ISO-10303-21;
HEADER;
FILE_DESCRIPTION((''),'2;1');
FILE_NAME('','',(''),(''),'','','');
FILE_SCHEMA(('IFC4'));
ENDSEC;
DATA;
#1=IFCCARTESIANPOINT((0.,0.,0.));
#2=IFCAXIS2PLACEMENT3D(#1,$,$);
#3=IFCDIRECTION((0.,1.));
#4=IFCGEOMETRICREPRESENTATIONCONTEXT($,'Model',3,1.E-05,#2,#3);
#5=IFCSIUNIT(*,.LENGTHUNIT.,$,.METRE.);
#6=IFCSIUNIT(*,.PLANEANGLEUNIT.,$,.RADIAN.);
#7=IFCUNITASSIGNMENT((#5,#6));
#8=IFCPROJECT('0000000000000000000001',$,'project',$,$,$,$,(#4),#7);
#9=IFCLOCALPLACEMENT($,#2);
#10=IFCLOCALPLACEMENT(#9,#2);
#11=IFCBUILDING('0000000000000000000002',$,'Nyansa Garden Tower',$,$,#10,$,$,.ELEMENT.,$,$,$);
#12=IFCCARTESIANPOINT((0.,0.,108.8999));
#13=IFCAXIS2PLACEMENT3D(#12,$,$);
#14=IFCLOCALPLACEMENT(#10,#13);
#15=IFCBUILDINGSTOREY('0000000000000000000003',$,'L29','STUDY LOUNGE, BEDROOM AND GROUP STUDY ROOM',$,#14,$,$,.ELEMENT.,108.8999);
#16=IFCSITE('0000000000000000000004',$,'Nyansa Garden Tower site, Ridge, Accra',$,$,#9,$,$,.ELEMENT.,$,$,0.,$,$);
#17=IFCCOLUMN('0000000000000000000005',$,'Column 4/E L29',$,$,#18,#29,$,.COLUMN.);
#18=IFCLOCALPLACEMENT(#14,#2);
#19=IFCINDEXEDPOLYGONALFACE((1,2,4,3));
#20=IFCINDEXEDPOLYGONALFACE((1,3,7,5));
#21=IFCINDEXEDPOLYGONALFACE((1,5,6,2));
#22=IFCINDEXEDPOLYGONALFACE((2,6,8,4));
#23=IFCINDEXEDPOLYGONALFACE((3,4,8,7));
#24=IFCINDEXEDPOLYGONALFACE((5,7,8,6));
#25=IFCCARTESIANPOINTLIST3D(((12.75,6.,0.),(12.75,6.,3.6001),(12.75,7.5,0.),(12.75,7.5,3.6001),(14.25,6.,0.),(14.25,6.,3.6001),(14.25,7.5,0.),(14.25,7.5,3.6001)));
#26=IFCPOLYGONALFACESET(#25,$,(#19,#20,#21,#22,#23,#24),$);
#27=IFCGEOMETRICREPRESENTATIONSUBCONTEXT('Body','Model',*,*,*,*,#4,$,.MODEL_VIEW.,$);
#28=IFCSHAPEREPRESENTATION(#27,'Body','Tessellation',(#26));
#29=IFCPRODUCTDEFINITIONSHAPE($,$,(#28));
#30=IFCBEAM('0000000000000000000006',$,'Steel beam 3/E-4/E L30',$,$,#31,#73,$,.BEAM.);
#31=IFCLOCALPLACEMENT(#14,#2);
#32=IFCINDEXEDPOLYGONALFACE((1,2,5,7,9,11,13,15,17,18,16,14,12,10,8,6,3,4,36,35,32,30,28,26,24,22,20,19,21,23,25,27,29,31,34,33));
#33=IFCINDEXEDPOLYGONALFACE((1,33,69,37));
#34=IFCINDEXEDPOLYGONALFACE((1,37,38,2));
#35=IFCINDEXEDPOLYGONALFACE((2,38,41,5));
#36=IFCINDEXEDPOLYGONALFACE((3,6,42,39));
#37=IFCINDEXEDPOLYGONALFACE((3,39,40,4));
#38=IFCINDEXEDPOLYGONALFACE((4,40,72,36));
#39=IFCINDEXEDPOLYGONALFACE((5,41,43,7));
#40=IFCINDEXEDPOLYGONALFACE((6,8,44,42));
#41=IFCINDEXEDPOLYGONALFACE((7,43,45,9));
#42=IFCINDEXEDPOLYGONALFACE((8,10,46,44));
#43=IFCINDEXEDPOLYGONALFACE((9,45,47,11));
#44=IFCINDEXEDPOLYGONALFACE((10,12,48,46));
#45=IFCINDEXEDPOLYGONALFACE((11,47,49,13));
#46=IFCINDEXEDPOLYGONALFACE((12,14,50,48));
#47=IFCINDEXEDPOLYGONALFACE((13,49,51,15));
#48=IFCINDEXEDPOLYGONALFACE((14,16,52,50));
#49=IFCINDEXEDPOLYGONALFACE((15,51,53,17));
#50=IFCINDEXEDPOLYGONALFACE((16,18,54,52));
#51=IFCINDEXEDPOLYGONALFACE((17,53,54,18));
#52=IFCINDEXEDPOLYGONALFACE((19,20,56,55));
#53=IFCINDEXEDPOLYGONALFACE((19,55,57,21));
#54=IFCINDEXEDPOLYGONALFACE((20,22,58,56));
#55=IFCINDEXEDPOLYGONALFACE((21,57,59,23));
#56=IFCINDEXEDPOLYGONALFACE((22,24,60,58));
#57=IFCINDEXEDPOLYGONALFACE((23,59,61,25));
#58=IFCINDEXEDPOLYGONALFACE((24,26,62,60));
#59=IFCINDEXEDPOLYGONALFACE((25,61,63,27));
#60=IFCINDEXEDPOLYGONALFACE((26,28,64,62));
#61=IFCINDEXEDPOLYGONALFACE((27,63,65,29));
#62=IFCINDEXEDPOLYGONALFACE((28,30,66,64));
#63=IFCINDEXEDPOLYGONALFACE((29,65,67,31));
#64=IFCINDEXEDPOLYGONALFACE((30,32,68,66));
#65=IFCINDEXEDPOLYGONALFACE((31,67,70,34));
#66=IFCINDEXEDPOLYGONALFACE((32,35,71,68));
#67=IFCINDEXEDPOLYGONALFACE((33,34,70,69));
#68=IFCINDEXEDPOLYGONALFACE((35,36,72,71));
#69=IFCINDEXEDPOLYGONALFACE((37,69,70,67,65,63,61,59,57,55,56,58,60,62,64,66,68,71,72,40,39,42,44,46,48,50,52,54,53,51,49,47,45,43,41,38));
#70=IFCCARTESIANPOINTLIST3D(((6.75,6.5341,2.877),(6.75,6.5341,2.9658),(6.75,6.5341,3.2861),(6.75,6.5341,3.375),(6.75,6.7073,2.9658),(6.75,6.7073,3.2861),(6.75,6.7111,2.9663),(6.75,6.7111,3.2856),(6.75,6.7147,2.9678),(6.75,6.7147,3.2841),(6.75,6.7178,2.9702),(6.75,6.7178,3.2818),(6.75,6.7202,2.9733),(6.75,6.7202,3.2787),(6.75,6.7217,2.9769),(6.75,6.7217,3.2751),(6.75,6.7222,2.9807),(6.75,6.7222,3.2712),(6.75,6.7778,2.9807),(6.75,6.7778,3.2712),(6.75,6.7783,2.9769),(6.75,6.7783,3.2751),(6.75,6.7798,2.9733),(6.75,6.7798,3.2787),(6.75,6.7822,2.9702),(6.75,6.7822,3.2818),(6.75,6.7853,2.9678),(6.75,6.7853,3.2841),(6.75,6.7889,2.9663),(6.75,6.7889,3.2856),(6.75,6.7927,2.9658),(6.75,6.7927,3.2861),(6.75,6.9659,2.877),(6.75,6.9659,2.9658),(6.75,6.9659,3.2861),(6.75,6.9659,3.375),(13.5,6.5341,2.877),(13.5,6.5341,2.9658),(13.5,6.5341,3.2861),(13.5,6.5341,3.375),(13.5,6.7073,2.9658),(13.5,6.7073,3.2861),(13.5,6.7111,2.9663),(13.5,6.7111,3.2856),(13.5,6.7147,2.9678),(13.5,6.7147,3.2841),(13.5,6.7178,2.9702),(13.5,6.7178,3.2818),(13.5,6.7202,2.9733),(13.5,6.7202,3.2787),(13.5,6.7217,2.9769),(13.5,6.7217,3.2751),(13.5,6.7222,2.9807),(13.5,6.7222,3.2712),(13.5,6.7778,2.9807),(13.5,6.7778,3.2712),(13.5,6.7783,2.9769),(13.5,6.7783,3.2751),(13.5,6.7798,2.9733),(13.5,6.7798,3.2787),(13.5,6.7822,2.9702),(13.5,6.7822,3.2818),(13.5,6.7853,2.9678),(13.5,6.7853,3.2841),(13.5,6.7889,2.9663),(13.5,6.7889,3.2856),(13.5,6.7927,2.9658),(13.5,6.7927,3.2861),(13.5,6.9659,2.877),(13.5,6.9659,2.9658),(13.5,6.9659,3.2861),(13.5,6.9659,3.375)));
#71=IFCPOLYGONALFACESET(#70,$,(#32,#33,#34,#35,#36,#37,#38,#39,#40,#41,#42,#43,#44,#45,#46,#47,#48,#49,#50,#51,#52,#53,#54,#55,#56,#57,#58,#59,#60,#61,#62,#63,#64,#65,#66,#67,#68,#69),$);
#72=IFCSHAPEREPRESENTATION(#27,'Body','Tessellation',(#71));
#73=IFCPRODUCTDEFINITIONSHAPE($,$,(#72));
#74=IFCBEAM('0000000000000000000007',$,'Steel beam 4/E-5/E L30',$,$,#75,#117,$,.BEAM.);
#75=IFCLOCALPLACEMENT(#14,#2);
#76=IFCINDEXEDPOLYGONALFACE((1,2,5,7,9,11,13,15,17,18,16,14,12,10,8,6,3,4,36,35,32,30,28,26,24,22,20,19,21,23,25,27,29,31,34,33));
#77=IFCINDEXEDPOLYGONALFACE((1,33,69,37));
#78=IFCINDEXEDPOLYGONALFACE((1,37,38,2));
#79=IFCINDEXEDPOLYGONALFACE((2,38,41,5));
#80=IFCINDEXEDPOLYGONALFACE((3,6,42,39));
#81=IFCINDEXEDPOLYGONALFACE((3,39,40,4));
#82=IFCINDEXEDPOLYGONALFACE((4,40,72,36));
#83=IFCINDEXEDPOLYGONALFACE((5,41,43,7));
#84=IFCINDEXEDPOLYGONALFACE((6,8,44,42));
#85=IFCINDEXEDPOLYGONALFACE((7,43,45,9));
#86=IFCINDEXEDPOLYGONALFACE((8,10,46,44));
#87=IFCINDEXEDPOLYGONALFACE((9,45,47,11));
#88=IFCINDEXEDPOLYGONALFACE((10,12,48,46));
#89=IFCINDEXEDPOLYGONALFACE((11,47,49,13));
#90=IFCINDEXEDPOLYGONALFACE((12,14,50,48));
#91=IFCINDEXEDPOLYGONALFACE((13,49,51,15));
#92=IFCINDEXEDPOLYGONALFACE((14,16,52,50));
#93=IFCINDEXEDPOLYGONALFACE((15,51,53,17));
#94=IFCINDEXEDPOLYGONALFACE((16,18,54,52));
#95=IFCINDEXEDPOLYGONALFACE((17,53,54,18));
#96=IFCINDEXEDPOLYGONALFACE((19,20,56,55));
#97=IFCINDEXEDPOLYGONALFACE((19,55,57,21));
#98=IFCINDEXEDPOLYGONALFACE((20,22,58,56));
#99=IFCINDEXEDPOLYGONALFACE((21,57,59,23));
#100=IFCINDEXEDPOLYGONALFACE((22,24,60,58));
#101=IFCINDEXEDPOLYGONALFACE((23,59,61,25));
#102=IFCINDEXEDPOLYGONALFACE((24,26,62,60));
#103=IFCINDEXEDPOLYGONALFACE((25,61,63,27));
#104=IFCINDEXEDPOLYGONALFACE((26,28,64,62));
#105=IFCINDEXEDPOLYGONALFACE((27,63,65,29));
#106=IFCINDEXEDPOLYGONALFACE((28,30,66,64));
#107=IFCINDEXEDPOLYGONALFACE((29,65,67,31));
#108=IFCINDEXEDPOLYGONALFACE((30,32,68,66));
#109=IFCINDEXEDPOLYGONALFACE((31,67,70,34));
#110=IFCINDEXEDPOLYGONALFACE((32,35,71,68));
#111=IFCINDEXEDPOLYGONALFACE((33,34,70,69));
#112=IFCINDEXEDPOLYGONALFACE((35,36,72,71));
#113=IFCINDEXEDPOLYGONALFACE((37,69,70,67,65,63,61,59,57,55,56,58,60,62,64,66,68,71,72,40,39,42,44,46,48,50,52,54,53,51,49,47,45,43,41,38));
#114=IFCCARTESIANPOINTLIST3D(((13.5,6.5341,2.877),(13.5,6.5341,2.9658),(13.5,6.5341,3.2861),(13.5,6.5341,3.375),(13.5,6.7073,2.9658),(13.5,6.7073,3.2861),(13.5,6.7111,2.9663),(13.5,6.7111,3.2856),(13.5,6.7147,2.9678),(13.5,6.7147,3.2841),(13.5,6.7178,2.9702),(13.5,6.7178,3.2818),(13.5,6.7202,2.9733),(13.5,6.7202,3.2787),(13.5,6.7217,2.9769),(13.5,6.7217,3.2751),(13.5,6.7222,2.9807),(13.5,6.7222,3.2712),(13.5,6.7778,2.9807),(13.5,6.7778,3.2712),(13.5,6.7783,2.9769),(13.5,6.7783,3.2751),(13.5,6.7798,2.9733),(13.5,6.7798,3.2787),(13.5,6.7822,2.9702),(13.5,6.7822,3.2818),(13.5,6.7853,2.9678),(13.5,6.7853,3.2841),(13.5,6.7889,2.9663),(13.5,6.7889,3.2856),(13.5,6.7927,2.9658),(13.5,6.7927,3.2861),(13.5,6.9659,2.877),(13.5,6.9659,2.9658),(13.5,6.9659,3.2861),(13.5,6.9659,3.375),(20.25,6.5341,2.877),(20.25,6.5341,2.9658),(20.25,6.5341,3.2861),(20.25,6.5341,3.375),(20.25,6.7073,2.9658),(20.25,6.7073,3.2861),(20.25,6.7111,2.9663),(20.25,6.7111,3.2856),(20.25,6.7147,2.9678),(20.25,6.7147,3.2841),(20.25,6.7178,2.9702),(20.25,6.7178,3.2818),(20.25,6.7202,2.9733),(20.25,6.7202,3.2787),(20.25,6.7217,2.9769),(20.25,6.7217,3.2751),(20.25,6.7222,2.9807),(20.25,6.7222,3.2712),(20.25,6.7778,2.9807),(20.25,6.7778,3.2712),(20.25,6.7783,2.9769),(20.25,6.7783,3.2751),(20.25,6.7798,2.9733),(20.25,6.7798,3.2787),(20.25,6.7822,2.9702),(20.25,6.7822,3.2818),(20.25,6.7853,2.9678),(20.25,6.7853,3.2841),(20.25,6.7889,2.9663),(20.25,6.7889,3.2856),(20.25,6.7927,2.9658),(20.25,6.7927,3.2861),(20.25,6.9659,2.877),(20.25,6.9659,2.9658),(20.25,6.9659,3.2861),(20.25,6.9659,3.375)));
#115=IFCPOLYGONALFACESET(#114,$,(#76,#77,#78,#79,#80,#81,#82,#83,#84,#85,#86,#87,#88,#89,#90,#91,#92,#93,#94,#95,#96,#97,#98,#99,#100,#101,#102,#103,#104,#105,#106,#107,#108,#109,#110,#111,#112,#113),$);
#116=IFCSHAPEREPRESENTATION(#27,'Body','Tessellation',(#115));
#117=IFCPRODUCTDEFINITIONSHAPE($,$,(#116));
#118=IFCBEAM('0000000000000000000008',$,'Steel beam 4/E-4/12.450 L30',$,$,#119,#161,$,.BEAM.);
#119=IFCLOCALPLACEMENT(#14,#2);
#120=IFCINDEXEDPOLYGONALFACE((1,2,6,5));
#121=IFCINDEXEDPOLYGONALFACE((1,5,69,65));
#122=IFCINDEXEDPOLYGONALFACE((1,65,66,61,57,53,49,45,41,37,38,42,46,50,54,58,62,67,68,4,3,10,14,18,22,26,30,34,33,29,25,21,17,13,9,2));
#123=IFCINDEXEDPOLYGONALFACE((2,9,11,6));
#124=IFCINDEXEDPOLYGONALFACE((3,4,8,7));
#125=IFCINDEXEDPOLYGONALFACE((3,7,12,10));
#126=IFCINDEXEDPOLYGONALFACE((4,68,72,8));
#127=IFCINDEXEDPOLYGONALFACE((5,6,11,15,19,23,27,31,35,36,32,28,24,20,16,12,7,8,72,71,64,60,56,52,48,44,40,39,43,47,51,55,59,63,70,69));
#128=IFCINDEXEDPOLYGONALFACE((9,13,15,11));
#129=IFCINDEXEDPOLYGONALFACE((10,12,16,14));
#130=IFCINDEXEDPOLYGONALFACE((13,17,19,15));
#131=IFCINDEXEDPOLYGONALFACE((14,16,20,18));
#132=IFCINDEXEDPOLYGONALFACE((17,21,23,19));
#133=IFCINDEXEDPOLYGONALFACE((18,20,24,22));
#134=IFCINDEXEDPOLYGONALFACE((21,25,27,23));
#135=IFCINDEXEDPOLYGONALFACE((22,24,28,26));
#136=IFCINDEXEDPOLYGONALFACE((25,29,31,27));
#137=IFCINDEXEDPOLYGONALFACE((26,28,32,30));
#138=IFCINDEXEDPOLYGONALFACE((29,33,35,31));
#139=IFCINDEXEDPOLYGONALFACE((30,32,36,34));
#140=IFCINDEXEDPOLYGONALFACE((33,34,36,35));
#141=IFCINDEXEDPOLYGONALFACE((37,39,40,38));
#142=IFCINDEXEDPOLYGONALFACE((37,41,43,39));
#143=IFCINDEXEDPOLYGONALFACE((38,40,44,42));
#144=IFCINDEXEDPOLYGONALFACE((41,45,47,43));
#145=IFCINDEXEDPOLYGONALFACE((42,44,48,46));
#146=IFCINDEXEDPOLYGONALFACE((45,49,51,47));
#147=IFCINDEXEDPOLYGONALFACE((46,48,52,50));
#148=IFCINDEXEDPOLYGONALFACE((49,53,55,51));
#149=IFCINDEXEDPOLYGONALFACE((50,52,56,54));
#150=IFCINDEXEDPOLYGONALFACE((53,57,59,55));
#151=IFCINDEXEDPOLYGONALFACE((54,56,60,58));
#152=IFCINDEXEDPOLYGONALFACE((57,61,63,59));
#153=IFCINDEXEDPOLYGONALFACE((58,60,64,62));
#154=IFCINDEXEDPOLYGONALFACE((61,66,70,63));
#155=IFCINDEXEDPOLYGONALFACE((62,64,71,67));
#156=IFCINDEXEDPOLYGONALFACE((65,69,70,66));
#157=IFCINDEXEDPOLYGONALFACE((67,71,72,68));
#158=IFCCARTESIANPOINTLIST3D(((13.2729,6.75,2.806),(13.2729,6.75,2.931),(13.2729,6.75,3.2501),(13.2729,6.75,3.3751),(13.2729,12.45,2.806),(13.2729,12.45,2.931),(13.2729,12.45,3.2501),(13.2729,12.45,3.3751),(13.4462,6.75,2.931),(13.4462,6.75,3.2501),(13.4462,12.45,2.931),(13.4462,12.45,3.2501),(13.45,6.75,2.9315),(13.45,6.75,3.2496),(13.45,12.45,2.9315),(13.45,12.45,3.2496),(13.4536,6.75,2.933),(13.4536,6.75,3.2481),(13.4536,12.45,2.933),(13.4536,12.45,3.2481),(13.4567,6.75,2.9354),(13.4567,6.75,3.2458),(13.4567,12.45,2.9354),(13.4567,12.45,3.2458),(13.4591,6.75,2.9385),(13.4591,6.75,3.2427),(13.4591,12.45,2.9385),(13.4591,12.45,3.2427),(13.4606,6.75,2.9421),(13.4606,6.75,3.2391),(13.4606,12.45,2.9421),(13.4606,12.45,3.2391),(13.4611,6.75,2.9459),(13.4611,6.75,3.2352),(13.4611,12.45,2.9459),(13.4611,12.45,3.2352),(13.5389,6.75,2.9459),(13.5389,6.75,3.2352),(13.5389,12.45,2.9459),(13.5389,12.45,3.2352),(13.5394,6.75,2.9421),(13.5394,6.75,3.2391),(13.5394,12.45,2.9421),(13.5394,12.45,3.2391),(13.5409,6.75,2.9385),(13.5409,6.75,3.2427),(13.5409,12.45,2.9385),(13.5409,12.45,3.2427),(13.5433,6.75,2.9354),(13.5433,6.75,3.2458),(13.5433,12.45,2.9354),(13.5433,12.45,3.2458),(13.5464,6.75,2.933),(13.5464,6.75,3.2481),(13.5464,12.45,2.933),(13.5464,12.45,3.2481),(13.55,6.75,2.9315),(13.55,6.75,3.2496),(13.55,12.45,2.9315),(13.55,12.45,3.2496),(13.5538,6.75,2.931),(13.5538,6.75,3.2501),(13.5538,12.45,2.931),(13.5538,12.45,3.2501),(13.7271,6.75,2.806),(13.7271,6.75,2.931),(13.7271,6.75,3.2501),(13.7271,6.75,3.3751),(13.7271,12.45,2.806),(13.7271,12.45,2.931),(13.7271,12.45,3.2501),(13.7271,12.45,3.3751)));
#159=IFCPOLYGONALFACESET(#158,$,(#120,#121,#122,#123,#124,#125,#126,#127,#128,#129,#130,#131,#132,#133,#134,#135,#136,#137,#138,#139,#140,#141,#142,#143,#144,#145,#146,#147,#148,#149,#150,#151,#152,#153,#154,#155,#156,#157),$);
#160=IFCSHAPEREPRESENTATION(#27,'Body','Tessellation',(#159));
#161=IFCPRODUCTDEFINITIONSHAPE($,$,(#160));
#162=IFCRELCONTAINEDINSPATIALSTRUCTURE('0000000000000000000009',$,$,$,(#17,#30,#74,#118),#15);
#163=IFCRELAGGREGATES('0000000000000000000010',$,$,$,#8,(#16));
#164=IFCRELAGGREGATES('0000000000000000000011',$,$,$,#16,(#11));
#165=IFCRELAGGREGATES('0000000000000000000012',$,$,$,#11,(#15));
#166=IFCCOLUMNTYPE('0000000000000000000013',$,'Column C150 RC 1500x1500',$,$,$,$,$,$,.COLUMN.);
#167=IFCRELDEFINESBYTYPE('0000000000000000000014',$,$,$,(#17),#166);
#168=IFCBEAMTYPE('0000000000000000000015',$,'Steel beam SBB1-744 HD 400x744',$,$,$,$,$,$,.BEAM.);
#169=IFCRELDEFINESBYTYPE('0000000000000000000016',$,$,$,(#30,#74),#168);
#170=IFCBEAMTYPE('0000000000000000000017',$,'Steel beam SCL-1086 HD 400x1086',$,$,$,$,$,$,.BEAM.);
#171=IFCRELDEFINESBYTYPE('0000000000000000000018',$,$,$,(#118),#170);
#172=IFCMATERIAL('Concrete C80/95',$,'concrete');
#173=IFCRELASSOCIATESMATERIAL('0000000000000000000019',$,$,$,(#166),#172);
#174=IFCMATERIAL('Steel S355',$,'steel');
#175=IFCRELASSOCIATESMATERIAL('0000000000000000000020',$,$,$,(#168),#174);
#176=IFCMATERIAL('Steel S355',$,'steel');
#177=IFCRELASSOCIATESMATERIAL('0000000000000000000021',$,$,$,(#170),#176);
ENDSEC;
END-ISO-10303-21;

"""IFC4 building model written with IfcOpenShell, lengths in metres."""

from ifc_helpers import new_model, si_unit, direction, frame, origin, origin_2d, place, context, subcontext, project, spatial, rectangle, i_section, extrude, material, material_profile, profile_set, type_object, element, save


model = new_model("IFC4")

# Units and contexts
model_context = context("Model", 3, precision=1e-05, world=origin(), true_north=direction((0.0, 1.0)))
body_context = subcontext(model_context, "Body", "Model", "MODEL_VIEW")
ifc_project = project(units=[si_unit("LENGTHUNIT", "METRE"), si_unit("PLANEANGLEUNIT", "RADIAN")], contexts=[model_context])

# Site, building, storey
site_placement = place(None, origin())
site = spatial("IfcSite", under=ifc_project, at=site_placement, Name="Nyansa Garden Tower site, Ridge, Accra", CompositionType="ELEMENT", RefElevation=0.0)
building_placement = place(site_placement, origin())
building = spatial("IfcBuilding", under=site, at=building_placement, Name="Nyansa Garden Tower", CompositionType="ELEMENT")
storey_placement = place(building_placement, frame((0.0, 0.0, 108.8999)))
storey = spatial("IfcBuildingStorey", under=building, at=storey_placement, Name="L29", Description="STUDY LOUNGE, BEDROOM AND GROUP STUDY ROOM", CompositionType="ELEMENT", Elevation=108.8999)

# Column
ifc_material_1 = material(Name="Concrete C80/95", Category="concrete")
ifc_material_profile_1 = material_profile(ifc_material_1, rectangle(XDim=1.5, YDim=1.5, at=origin_2d()), Name="RC 1500x1500")
ifc_profile_set_1 = profile_set([ifc_material_profile_1], Name="Concrete C80/95")
column_type = type_object("IfcColumnType", Name="Column C150 RC 1500x1500", PredefinedType="COLUMN", material=ifc_profile_set_1)
column_placement = place(storey_placement, frame((13.5, 6.75, 0.0), z_axis=(0.0, 0.0, 1.0), x_axis=(1.0, 0.0, 0.0)))
element("IfcColumn", 1, at=column_placement, inside=storey, type_object=column_type, Name="Column 4/E L29", PredefinedType="COLUMN", context=body_context, shape_type="SweptSolid", body=[
    extrude(rectangle(XDim=1.5, YDim=1.5, at=origin_2d()), origin(), (0.0, 0.0, 1.0), 3.6001),
])

# Beams
ifc_material_2 = material(Name="Steel S355", Category="steel")
ifc_material_profile_2 = material_profile(ifc_material_2, i_section(OverallWidth=0.4319, OverallDepth=0.498, WebThickness=0.0557, FlangeThickness=0.0889, FilletRadius=0.0149, at=origin_2d()), Name="HD 400x744")
ifc_profile_set_2 = profile_set([ifc_material_profile_2], Name="Steel S355")
beam_type_1 = type_object("IfcBeamType", Name="Steel beam SBB1-744 HD 400x744", PredefinedType="BEAM", material=ifc_profile_set_2)
for number, where, z_axis, x_axis, name in (
    (2, (6.75, 6.75, 3.126), (1.0, 0.0, 0.0), (0.0, 1.0, 0.0), "Steel beam 3/E-4/E L30"),
    (3, (13.5, 6.75, 3.126), (1.0, 0.0, 0.0), (0.0, 1.0, 0.0), "Steel beam 4/E-5/E L30"),
):
    element("IfcBeam", number, at=place(storey_placement, frame(where, z_axis=z_axis, x_axis=x_axis)), inside=storey, type_object=beam_type_1, Name=name, PredefinedType="BEAM", context=body_context, shape_type="SweptSolid", body=[
        extrude(i_section(OverallWidth=0.4319, OverallDepth=0.498, WebThickness=0.0557, FlangeThickness=0.0889, FilletRadius=0.0149, at=origin_2d()), origin(), (0.0, 0.0, 1.0), 6.75),
    ])
ifc_material_3 = material(Name="Steel S355", Category="steel")
ifc_material_profile_3 = material_profile(ifc_material_3, i_section(OverallWidth=0.4541, OverallDepth=0.5691, WebThickness=0.0779, FlangeThickness=0.125, FilletRadius=0.0149, at=origin_2d()), Name="HD 400x1086")
ifc_profile_set_3 = profile_set([ifc_material_profile_3], Name="Steel S355")
beam_type_2 = type_object("IfcBeamType", Name="Steel beam SCL-1086 HD 400x1086", PredefinedType="BEAM", material=ifc_profile_set_3)
beam_1_placement = place(storey_placement, frame((13.5, 6.75, 3.0906), z_axis=(0.0, 1.0, 0.0), x_axis=(-1.0, 0.0, 0.0)))
element("IfcBeam", 4, at=beam_1_placement, inside=storey, type_object=beam_type_2, Name="Steel beam 4/E-4/12.450 L30", PredefinedType="BEAM", context=body_context, shape_type="SweptSolid", body=[
    extrude(i_section(OverallWidth=0.4541, OverallDepth=0.5691, WebThickness=0.0779, FlangeThickness=0.125, FilletRadius=0.0149, at=origin_2d()), origin(), (0.0, 0.0, 1.0), 5.7),
])

save(model, "model.ifc")
